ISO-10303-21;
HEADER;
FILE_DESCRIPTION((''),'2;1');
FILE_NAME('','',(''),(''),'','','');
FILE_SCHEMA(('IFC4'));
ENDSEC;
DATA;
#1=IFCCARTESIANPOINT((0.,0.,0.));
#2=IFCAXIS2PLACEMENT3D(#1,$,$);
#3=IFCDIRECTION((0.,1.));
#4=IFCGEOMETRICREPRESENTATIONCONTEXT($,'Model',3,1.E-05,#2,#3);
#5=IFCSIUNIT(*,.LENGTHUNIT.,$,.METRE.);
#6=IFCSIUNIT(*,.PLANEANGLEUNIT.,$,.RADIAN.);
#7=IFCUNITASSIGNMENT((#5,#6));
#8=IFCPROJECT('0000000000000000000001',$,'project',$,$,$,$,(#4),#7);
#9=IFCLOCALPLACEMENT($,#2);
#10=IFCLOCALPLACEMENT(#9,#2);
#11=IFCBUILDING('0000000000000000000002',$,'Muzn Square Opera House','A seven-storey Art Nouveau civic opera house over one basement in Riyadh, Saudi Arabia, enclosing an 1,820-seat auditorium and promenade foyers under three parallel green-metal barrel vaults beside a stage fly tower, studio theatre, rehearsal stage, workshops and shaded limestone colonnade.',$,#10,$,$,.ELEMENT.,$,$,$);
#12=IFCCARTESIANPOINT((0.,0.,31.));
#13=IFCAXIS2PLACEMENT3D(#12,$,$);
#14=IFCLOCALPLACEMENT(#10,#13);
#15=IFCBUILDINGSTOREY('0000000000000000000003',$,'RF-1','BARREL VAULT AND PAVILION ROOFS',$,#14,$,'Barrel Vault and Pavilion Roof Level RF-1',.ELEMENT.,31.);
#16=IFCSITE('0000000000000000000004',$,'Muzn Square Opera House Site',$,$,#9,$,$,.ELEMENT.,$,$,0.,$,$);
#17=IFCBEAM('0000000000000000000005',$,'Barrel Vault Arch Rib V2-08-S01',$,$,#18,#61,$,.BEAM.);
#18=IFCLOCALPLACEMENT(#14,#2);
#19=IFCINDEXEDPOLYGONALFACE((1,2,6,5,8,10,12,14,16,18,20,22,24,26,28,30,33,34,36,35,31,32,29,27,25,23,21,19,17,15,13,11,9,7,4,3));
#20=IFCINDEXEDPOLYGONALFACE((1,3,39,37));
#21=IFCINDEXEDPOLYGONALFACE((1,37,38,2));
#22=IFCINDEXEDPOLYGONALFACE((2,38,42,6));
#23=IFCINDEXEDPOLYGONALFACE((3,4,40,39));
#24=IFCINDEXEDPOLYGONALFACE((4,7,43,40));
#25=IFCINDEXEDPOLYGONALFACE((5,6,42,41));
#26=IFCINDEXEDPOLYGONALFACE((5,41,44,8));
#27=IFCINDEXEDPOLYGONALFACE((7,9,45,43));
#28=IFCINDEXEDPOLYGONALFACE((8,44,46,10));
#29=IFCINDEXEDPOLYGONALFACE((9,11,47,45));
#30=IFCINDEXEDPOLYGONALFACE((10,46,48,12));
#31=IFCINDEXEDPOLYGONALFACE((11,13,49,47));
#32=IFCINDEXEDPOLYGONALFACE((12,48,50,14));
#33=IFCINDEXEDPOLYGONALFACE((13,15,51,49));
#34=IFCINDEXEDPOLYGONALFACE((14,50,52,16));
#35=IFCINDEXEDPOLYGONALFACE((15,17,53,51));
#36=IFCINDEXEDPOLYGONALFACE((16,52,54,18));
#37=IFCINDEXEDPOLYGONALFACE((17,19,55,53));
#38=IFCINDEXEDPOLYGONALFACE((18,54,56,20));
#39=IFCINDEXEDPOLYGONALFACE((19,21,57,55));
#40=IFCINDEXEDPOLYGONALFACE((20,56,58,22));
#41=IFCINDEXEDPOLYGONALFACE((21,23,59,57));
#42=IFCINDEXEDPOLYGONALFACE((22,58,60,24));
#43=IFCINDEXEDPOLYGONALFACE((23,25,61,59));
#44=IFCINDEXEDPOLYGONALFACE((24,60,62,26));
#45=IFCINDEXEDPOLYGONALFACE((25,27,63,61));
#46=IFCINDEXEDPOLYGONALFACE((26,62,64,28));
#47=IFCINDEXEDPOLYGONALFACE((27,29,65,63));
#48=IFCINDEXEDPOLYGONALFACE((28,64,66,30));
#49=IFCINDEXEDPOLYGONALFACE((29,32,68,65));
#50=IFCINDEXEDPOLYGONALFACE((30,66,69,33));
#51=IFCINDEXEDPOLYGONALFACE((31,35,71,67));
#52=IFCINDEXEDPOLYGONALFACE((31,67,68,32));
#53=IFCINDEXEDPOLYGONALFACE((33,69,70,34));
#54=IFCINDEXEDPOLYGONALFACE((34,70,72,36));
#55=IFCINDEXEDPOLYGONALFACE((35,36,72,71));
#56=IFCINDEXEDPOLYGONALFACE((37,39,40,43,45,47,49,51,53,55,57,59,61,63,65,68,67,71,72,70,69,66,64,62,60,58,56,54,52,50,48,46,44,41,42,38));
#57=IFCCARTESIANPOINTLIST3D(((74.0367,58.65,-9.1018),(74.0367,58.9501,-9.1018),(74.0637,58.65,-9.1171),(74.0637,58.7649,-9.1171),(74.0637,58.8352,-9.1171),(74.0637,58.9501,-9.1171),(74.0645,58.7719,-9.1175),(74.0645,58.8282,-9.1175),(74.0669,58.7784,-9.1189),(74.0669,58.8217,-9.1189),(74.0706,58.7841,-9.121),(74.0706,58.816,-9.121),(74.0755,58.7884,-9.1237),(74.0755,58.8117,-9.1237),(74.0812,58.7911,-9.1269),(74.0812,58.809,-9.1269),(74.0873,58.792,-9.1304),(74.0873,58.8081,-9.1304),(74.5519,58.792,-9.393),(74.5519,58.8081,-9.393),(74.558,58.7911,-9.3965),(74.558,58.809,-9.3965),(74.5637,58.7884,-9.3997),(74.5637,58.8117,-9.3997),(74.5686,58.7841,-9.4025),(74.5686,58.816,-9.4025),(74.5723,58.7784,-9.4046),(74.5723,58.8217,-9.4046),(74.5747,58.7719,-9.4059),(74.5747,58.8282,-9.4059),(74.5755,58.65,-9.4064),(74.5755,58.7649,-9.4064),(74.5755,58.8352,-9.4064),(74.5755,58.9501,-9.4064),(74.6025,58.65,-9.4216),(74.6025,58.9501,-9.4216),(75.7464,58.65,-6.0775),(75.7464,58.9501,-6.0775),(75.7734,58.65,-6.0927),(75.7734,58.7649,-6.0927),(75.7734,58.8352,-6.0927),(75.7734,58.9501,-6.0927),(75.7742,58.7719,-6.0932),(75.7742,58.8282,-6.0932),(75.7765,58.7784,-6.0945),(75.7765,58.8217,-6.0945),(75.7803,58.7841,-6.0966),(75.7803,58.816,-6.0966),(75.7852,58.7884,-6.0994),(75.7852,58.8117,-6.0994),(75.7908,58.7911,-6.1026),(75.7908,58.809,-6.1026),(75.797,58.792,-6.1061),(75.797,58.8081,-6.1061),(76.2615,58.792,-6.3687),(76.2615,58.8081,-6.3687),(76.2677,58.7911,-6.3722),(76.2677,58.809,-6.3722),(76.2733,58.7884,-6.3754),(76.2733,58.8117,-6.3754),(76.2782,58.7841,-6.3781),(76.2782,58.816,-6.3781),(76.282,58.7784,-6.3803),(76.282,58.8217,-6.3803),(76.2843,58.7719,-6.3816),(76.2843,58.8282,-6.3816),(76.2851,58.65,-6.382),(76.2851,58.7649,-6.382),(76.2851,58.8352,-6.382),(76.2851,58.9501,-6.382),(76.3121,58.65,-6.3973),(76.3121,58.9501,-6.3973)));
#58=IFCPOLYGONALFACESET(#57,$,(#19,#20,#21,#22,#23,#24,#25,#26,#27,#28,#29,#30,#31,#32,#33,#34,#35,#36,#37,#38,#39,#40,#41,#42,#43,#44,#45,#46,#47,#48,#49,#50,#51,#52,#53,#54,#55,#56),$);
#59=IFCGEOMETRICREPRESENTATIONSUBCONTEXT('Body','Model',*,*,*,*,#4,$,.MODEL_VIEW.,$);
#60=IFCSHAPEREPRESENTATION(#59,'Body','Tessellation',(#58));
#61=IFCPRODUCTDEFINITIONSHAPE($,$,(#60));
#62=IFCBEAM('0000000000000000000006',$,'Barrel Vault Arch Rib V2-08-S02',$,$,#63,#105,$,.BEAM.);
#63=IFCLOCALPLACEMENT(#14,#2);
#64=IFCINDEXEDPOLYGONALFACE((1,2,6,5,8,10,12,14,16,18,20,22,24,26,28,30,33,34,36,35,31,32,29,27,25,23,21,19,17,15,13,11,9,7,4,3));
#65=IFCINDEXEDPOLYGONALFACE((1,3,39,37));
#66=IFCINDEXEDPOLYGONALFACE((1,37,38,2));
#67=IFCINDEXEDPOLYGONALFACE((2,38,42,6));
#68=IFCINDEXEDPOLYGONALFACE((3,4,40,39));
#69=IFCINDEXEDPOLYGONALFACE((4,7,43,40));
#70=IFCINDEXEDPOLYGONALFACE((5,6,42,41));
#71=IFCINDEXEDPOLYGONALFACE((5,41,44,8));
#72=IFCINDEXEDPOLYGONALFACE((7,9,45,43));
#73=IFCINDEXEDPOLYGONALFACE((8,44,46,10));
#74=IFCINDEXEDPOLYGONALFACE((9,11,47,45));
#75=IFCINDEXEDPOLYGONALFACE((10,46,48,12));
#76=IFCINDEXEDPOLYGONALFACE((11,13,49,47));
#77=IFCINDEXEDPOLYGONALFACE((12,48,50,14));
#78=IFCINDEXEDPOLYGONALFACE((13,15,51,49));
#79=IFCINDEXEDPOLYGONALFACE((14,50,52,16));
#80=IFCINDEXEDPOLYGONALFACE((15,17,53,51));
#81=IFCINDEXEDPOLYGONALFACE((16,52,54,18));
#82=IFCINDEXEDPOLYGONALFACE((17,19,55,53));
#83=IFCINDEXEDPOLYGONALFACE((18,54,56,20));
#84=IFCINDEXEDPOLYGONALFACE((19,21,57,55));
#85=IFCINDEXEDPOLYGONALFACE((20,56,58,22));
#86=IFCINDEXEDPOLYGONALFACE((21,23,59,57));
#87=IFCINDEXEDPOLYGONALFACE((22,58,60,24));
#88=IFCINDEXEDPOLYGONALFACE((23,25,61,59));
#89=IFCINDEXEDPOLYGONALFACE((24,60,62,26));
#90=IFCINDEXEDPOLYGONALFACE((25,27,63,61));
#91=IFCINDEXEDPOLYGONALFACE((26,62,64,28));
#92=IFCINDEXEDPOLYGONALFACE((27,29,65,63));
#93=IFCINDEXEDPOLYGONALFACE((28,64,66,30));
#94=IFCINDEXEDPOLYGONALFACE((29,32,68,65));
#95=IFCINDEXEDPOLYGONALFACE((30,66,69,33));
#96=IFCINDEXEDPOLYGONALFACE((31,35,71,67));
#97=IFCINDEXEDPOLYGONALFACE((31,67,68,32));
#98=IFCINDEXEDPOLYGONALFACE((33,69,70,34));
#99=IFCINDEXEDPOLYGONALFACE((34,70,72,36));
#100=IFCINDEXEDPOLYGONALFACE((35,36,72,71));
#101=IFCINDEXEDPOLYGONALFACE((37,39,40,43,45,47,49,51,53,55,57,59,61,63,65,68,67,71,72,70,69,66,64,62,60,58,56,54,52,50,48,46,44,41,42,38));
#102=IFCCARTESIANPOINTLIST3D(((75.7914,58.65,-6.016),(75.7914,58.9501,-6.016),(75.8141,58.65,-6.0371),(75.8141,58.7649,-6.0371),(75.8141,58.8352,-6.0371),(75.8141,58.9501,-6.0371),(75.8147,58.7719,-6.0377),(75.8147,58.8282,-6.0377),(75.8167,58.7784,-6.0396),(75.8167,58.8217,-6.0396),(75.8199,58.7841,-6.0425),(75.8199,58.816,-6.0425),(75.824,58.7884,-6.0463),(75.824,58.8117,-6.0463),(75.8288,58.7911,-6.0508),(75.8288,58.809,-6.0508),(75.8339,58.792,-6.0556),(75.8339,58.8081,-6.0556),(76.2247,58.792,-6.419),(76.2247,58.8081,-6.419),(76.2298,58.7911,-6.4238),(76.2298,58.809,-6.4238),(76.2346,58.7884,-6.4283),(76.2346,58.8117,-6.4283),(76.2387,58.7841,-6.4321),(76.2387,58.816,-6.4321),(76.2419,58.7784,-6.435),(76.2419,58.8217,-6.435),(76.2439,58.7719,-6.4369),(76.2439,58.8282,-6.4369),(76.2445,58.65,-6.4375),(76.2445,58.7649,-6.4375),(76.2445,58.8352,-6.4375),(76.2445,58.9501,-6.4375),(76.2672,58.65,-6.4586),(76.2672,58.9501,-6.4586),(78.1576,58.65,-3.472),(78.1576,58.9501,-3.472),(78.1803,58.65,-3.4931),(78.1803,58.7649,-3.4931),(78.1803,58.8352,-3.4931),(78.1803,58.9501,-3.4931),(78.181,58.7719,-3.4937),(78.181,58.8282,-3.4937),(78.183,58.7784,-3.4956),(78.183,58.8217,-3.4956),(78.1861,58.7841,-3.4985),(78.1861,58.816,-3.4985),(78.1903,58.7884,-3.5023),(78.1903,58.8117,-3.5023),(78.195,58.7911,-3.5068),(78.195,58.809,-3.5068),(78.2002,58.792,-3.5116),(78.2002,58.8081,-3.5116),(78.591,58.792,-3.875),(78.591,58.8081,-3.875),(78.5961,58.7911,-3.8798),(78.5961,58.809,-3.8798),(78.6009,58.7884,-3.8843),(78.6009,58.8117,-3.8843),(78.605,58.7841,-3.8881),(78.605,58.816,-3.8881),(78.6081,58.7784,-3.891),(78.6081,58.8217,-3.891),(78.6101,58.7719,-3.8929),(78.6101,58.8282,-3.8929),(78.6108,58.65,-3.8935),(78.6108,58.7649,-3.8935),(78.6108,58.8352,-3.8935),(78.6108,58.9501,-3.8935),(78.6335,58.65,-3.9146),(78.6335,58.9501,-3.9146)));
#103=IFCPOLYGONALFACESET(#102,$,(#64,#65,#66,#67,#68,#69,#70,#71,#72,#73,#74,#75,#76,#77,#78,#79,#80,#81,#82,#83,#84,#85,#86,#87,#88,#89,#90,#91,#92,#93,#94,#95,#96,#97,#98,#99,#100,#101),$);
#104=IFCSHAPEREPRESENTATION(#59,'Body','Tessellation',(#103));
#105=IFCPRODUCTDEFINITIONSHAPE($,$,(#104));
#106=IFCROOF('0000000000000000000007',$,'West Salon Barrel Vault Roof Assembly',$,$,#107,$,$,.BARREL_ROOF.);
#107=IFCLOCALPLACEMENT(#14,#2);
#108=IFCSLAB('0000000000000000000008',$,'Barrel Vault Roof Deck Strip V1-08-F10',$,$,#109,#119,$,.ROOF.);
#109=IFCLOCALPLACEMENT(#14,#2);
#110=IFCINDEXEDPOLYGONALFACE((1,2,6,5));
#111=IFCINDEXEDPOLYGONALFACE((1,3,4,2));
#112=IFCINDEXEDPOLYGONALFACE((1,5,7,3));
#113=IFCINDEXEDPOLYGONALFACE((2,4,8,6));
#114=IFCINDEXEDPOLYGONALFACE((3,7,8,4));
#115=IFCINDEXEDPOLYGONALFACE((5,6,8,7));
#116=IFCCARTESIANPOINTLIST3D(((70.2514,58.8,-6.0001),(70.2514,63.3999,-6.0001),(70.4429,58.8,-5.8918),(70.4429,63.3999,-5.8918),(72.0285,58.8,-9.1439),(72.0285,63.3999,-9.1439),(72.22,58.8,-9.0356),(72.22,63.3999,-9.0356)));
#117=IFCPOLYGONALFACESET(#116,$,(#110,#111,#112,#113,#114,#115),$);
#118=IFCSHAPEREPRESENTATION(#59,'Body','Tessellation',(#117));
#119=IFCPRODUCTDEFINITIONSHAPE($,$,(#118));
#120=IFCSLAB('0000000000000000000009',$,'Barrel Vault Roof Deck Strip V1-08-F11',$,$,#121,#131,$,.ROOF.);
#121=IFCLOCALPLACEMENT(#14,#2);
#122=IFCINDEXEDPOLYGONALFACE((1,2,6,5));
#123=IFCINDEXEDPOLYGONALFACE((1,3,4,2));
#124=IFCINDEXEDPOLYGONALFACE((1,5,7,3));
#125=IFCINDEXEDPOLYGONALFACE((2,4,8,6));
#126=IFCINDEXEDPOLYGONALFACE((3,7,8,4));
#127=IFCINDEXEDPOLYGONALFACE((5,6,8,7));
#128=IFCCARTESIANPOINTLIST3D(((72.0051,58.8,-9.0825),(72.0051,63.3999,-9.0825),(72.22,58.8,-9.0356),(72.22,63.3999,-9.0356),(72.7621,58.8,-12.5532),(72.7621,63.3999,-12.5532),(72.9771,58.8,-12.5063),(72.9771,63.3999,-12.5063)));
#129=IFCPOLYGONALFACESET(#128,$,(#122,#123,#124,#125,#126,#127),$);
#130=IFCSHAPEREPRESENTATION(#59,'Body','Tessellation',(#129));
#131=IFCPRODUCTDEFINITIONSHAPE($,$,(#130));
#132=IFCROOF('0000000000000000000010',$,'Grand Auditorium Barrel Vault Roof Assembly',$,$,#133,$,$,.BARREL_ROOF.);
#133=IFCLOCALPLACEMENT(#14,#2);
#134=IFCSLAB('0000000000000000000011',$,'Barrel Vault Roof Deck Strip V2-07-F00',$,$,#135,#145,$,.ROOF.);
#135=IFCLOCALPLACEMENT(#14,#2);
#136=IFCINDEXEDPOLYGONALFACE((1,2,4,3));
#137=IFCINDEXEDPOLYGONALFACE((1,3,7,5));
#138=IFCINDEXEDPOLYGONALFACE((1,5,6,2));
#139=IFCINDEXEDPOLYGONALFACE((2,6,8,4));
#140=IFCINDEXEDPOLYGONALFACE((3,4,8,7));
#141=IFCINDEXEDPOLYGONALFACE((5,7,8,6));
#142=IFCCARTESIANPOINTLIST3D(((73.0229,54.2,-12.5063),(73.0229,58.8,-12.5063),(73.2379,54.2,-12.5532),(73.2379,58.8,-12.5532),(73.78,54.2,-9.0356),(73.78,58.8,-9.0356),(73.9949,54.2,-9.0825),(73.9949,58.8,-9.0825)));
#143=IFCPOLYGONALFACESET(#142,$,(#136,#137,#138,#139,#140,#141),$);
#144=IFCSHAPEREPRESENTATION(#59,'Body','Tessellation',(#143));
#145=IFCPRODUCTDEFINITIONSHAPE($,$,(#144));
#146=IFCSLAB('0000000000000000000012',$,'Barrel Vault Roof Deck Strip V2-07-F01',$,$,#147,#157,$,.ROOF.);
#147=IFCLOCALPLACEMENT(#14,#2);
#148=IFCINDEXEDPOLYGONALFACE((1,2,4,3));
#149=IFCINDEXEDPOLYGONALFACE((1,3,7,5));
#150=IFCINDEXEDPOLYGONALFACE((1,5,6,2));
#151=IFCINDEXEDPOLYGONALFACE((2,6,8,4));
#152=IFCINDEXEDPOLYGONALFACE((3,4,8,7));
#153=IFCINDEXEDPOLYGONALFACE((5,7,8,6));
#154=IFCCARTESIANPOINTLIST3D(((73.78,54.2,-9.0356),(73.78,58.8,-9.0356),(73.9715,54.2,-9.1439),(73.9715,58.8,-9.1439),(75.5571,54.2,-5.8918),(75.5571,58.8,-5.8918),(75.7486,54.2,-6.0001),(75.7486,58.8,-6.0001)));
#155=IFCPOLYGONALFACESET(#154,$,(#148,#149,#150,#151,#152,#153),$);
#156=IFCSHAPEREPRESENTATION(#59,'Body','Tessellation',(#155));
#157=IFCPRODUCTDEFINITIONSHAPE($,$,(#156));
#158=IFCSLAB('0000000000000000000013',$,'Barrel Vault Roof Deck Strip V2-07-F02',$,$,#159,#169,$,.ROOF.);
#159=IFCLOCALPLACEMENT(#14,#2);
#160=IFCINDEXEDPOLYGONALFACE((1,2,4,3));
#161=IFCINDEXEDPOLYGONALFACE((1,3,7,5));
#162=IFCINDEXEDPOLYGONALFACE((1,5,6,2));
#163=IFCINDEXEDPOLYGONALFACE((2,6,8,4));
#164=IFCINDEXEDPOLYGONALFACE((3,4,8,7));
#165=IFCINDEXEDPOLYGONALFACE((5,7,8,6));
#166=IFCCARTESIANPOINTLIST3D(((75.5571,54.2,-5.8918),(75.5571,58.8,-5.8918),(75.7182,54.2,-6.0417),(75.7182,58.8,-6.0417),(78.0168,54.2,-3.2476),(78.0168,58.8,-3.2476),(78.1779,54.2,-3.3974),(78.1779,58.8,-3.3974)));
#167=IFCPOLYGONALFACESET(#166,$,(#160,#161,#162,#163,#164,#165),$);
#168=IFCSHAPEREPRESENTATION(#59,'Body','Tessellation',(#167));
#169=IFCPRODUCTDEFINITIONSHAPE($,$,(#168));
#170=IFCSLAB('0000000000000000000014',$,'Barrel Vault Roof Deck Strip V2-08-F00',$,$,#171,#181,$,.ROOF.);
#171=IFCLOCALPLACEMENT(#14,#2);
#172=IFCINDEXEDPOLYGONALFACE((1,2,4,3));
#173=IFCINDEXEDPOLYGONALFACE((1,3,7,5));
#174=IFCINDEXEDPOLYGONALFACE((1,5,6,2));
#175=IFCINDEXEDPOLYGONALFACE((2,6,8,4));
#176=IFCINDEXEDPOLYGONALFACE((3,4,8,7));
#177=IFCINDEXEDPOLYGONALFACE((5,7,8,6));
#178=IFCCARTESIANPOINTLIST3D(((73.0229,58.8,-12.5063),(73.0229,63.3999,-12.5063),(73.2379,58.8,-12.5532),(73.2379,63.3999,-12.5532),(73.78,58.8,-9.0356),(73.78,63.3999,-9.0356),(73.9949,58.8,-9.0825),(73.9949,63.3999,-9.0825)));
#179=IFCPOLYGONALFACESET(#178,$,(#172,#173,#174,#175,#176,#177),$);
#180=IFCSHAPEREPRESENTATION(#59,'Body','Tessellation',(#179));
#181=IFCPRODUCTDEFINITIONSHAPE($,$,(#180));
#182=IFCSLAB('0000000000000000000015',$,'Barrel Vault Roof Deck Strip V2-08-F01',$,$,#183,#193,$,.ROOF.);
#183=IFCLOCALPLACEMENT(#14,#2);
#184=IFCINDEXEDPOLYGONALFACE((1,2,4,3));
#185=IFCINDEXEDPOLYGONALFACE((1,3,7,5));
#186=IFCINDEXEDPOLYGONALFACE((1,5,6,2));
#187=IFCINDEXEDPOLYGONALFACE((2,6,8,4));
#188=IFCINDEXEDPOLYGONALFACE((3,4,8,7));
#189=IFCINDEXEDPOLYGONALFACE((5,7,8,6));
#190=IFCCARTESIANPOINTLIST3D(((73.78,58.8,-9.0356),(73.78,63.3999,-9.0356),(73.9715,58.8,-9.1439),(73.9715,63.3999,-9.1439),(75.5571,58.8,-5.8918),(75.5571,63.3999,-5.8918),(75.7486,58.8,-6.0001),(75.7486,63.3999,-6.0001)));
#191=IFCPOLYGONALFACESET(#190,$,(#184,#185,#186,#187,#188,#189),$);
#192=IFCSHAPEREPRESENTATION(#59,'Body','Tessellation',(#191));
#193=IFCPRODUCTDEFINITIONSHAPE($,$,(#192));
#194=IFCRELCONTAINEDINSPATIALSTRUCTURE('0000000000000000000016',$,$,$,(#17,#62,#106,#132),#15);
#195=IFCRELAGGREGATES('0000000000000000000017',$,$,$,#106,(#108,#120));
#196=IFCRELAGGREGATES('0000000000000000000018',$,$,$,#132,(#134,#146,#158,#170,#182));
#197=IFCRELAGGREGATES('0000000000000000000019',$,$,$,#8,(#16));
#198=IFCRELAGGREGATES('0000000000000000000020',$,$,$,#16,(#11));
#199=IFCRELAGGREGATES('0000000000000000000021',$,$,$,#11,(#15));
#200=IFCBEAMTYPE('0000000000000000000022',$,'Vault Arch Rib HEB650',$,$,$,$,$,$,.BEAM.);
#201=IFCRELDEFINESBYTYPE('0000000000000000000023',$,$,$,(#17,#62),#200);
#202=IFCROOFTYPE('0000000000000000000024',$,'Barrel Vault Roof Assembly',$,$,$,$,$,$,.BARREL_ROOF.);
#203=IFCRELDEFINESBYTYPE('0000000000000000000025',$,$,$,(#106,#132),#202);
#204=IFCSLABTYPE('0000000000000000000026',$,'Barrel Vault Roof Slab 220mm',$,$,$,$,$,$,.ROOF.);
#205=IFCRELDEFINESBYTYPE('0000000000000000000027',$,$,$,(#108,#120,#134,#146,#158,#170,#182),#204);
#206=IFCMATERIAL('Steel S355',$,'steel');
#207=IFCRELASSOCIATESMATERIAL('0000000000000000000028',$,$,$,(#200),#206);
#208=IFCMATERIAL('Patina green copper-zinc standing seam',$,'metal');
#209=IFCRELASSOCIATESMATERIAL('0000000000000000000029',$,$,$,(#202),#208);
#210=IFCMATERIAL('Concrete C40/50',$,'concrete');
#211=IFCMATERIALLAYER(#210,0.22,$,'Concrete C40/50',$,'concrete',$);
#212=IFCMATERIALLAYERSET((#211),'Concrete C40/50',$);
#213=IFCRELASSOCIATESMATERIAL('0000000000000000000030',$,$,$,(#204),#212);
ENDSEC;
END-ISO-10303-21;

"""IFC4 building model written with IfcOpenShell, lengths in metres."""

from ifc_helpers import new_model, si_unit, direction, frame, origin, origin_2d, place, context, subcontext, project, spatial, polyline, i_section, outline, extrude, material, layer, layer_set, material_profile, profile_set, type_object, element, aggregate, save


model = new_model("IFC4")

# Units and contexts
model_context = context("Model", 3, precision=1e-05, world=origin(), true_north=direction((0.0, 1.0)))
body_context = subcontext(model_context, "Body", "Model", "MODEL_VIEW")
ifc_project = project(units=[si_unit("LENGTHUNIT", "METRE"), si_unit("PLANEANGLEUNIT", "RADIAN")], contexts=[model_context])

# Site, building, storey
site_placement = place(None, origin())
site = spatial("IfcSite", under=ifc_project, at=site_placement, Name="Muzn Square Opera House Site", CompositionType="ELEMENT", RefElevation=0.0)
building_placement = place(site_placement, origin())
building = spatial("IfcBuilding", under=site, at=building_placement, Name="Muzn Square Opera House", Description="A seven-storey Art Nouveau civic opera house over one basement in Riyadh, Saudi Arabia, enclosing an 1,820-seat auditorium and promenade foyers under three parallel green-metal barrel vaults beside a stage fly tower, studio theatre, rehearsal stage, workshops and shaded limestone colonnade.", CompositionType="ELEMENT")
storey_placement = place(building_placement, frame((0.0, 0.0, 31.0)))
storey = spatial("IfcBuildingStorey", under=building, at=storey_placement, Name="RF-1", Description="BARREL VAULT AND PAVILION ROOFS", LongName="Barrel Vault and Pavilion Roof Level RF-1", CompositionType="ELEMENT", Elevation=31.0)

# Beams
ifc_material_1 = material(Name="Steel S355", Category="steel")
ifc_material_profile_1 = material_profile(ifc_material_1, i_section(OverallWidth=0.3, OverallDepth=0.6499, WebThickness=0.0161, FlangeThickness=0.031, FilletRadius=0.0271, at=origin_2d()), Name="HEB 650", Category="steel")
ifc_profile_set_1 = profile_set([ifc_material_profile_1], Name="Steel S355")
beam_type_1 = type_object("IfcBeamType", Name="Vault Arch Rib HEB650", PredefinedType="BEAM", material=ifc_profile_set_1)
beam_1_placement = place(storey_placement, frame((74.3196, 58.8, -9.2617), z_axis=(0.492115, 0.0, 0.87053), x_axis=(0.0, 1.0, 0.0)))
element("IfcBeam", 1, at=beam_1_placement, inside=storey, type_object=beam_type_1, Name="Barrel Vault Arch Rib V2-08-S01", PredefinedType="BEAM", context=body_context, shape_type="SweptSolid", body=[
    extrude(i_section(OverallWidth=0.3, OverallDepth=0.6499, WebThickness=0.0161, FlangeThickness=0.031, FilletRadius=0.0271, at=origin_2d()), origin(), (0.0, 0.0, 1.0), 3.4741),
])
beam_2_placement = place(storey_placement, frame((76.0293, 58.8, -6.2373), z_axis=(0.681065, 0.0, 0.732223), x_axis=(0.0, 1.0, 0.0)))
element("IfcBeam", 2, at=beam_2_placement, inside=storey, type_object=beam_type_1, Name="Barrel Vault Arch Rib V2-08-S02", PredefinedType="BEAM", context=body_context, shape_type="SweptSolid", body=[
    extrude(i_section(OverallWidth=0.3, OverallDepth=0.6499, WebThickness=0.0161, FlangeThickness=0.031, FilletRadius=0.0271, at=origin_2d()), origin(), (0.0, 0.0, 1.0), 3.4744),
])

# Roofs, slabs
ifc_material_2 = material(Name="Patina green copper-zinc standing seam", Category="metal")
roof_type = type_object("IfcRoofType", Name="Barrel Vault Roof Assembly", PredefinedType="BARREL_ROOF", material=ifc_material_2)
roof_1_placement = place(storey_placement, origin())
roof_1 = element("IfcRoof", 3, at=roof_1_placement, inside=storey, type_object=roof_type, Name="West Salon Barrel Vault Roof Assembly", PredefinedType="BARREL_ROOF")
ifc_material_3 = material(Name="Concrete C40/50", Category="concrete")
ifc_layer_1 = layer(ifc_material_3, 0.22, Name="Concrete C40/50", Category="concrete")
ifc_layer_set_1 = layer_set([ifc_layer_1], Name="Concrete C40/50")
slab_type = type_object("IfcSlabType", Name="Barrel Vault Roof Slab 220mm", PredefinedType="ROOF", material=ifc_layer_set_1)
slab_1_placement = place(storey_placement, frame((70.4429, 58.8, -5.8918), z_axis=(0.870543, 0.0, 0.492093), x_axis=(0.492093, 0.0, -0.870543)))
slab_1 = element("IfcSlab", 4, at=slab_1_placement, type_object=slab_type, Name="Barrel Vault Roof Deck Strip V1-08-F10", PredefinedType="ROOF", context=body_context, shape_type="SweptSolid", body=[
    extrude(outline(polyline([(0.0, 0.0), (3.6113, 0.0), (3.6113, 4.5999), (0.0, 4.5999), (0.0, 0.0)])), origin(), (0.0, 0.0, -1.0), 0.22),
])
slab_2_placement = place(storey_placement, frame((72.22, 58.8, -9.0356), z_axis=(0.977025, 0.0, 0.213123), x_axis=(0.213123, 0.0, -0.977025)))
slab_2 = element("IfcSlab", 5, at=slab_2_placement, type_object=slab_type, Name="Barrel Vault Roof Deck Strip V1-08-F11", PredefinedType="ROOF", context=body_context, shape_type="SweptSolid", body=[
    extrude(outline(polyline([(0.0, 0.0), (3.5523, 0.0), (3.5523, 4.5999), (0.0, 4.5999), (0.0, 0.0)])), origin(), (0.0, 0.0, -1.0), 0.22),
])
aggregate(roof_1, [slab_1, slab_2])
roof_2_placement = place(storey_placement, origin())
roof_2 = element("IfcRoof", 6, at=roof_2_placement, inside=storey, type_object=roof_type, Name="Grand Auditorium Barrel Vault Roof Assembly", PredefinedType="BARREL_ROOF")
slab_3_placement = place(storey_placement, frame((73.78, 54.2, -9.0356), z_axis=(-0.977025, 0.0, 0.213123), x_axis=(0.0, 1.0, 0.0)))
slab_3 = element("IfcSlab", 7, at=slab_3_placement, type_object=slab_type, Name="Barrel Vault Roof Deck Strip V2-07-F00", PredefinedType="ROOF", context=body_context, shape_type="SweptSolid", body=[
    extrude(outline(polyline([(0.0, 3.5523), (0.0, 0.0), (4.6001, 0.0), (4.6001, 3.5523), (0.0, 3.5523)])), origin(), (0.0, 0.0, -1.0), 0.22),
])
slab_4_placement = place(storey_placement, frame((75.5571, 54.2, -5.8918), z_axis=(-0.870543, 0.0, 0.492093), x_axis=(0.0, 1.0, 0.0)))
slab_4 = element("IfcSlab", 8, at=slab_4_placement, type_object=slab_type, Name="Barrel Vault Roof Deck Strip V2-07-F01", PredefinedType="ROOF", context=body_context, shape_type="SweptSolid", body=[
    extrude(outline(polyline([(0.0, 3.6113), (0.0, 0.0), (4.6001, 0.0), (4.6001, 3.6113), (0.0, 3.6113)])), origin(), (0.0, 0.0, -1.0), 0.22),
])
slab_5_placement = place(storey_placement, frame((78.0168, 54.2, -3.2476), z_axis=(-0.732198, 0.0, 0.681091), x_axis=(0.0, 1.0, 0.0)))
slab_5 = element("IfcSlab", 9, at=slab_5_placement, type_object=slab_type, Name="Barrel Vault Roof Deck Strip V2-07-F02", PredefinedType="ROOF", context=body_context, shape_type="SweptSolid", body=[
    extrude(outline(polyline([(0.0, 3.6114), (0.0, 0.0), (4.6001, 0.0), (4.6001, 3.6114), (0.0, 3.6114)])), origin(), (0.0, 0.0, -1.0), 0.22),
])
slab_6_placement = place(storey_placement, frame((73.78, 58.8, -9.0356), z_axis=(-0.977025, 0.0, 0.213123), x_axis=(0.0, 1.0, 0.0)))
slab_6 = element("IfcSlab", 10, at=slab_6_placement, type_object=slab_type, Name="Barrel Vault Roof Deck Strip V2-08-F00", PredefinedType="ROOF", context=body_context, shape_type="SweptSolid", body=[
    extrude(outline(polyline([(0.0, 3.5523), (0.0, 0.0), (4.5999, 0.0), (4.5999, 3.5523), (0.0, 3.5523)])), origin(), (0.0, 0.0, -1.0), 0.22),
])
slab_7_placement = place(storey_placement, frame((75.5571, 58.8, -5.8918), z_axis=(-0.870543, 0.0, 0.492093), x_axis=(0.0, 1.0, 0.0)))
slab_7 = element("IfcSlab", 11, at=slab_7_placement, type_object=slab_type, Name="Barrel Vault Roof Deck Strip V2-08-F01", PredefinedType="ROOF", context=body_context, shape_type="SweptSolid", body=[
    extrude(outline(polyline([(0.0, 3.6113), (0.0, 0.0), (4.5999, 0.0), (4.5999, 3.6113), (0.0, 3.6113)])), origin(), (0.0, 0.0, -1.0), 0.22),
])
aggregate(roof_2, [slab_3, slab_4, slab_5, slab_6, slab_7])

save(model, "model.ifc")
